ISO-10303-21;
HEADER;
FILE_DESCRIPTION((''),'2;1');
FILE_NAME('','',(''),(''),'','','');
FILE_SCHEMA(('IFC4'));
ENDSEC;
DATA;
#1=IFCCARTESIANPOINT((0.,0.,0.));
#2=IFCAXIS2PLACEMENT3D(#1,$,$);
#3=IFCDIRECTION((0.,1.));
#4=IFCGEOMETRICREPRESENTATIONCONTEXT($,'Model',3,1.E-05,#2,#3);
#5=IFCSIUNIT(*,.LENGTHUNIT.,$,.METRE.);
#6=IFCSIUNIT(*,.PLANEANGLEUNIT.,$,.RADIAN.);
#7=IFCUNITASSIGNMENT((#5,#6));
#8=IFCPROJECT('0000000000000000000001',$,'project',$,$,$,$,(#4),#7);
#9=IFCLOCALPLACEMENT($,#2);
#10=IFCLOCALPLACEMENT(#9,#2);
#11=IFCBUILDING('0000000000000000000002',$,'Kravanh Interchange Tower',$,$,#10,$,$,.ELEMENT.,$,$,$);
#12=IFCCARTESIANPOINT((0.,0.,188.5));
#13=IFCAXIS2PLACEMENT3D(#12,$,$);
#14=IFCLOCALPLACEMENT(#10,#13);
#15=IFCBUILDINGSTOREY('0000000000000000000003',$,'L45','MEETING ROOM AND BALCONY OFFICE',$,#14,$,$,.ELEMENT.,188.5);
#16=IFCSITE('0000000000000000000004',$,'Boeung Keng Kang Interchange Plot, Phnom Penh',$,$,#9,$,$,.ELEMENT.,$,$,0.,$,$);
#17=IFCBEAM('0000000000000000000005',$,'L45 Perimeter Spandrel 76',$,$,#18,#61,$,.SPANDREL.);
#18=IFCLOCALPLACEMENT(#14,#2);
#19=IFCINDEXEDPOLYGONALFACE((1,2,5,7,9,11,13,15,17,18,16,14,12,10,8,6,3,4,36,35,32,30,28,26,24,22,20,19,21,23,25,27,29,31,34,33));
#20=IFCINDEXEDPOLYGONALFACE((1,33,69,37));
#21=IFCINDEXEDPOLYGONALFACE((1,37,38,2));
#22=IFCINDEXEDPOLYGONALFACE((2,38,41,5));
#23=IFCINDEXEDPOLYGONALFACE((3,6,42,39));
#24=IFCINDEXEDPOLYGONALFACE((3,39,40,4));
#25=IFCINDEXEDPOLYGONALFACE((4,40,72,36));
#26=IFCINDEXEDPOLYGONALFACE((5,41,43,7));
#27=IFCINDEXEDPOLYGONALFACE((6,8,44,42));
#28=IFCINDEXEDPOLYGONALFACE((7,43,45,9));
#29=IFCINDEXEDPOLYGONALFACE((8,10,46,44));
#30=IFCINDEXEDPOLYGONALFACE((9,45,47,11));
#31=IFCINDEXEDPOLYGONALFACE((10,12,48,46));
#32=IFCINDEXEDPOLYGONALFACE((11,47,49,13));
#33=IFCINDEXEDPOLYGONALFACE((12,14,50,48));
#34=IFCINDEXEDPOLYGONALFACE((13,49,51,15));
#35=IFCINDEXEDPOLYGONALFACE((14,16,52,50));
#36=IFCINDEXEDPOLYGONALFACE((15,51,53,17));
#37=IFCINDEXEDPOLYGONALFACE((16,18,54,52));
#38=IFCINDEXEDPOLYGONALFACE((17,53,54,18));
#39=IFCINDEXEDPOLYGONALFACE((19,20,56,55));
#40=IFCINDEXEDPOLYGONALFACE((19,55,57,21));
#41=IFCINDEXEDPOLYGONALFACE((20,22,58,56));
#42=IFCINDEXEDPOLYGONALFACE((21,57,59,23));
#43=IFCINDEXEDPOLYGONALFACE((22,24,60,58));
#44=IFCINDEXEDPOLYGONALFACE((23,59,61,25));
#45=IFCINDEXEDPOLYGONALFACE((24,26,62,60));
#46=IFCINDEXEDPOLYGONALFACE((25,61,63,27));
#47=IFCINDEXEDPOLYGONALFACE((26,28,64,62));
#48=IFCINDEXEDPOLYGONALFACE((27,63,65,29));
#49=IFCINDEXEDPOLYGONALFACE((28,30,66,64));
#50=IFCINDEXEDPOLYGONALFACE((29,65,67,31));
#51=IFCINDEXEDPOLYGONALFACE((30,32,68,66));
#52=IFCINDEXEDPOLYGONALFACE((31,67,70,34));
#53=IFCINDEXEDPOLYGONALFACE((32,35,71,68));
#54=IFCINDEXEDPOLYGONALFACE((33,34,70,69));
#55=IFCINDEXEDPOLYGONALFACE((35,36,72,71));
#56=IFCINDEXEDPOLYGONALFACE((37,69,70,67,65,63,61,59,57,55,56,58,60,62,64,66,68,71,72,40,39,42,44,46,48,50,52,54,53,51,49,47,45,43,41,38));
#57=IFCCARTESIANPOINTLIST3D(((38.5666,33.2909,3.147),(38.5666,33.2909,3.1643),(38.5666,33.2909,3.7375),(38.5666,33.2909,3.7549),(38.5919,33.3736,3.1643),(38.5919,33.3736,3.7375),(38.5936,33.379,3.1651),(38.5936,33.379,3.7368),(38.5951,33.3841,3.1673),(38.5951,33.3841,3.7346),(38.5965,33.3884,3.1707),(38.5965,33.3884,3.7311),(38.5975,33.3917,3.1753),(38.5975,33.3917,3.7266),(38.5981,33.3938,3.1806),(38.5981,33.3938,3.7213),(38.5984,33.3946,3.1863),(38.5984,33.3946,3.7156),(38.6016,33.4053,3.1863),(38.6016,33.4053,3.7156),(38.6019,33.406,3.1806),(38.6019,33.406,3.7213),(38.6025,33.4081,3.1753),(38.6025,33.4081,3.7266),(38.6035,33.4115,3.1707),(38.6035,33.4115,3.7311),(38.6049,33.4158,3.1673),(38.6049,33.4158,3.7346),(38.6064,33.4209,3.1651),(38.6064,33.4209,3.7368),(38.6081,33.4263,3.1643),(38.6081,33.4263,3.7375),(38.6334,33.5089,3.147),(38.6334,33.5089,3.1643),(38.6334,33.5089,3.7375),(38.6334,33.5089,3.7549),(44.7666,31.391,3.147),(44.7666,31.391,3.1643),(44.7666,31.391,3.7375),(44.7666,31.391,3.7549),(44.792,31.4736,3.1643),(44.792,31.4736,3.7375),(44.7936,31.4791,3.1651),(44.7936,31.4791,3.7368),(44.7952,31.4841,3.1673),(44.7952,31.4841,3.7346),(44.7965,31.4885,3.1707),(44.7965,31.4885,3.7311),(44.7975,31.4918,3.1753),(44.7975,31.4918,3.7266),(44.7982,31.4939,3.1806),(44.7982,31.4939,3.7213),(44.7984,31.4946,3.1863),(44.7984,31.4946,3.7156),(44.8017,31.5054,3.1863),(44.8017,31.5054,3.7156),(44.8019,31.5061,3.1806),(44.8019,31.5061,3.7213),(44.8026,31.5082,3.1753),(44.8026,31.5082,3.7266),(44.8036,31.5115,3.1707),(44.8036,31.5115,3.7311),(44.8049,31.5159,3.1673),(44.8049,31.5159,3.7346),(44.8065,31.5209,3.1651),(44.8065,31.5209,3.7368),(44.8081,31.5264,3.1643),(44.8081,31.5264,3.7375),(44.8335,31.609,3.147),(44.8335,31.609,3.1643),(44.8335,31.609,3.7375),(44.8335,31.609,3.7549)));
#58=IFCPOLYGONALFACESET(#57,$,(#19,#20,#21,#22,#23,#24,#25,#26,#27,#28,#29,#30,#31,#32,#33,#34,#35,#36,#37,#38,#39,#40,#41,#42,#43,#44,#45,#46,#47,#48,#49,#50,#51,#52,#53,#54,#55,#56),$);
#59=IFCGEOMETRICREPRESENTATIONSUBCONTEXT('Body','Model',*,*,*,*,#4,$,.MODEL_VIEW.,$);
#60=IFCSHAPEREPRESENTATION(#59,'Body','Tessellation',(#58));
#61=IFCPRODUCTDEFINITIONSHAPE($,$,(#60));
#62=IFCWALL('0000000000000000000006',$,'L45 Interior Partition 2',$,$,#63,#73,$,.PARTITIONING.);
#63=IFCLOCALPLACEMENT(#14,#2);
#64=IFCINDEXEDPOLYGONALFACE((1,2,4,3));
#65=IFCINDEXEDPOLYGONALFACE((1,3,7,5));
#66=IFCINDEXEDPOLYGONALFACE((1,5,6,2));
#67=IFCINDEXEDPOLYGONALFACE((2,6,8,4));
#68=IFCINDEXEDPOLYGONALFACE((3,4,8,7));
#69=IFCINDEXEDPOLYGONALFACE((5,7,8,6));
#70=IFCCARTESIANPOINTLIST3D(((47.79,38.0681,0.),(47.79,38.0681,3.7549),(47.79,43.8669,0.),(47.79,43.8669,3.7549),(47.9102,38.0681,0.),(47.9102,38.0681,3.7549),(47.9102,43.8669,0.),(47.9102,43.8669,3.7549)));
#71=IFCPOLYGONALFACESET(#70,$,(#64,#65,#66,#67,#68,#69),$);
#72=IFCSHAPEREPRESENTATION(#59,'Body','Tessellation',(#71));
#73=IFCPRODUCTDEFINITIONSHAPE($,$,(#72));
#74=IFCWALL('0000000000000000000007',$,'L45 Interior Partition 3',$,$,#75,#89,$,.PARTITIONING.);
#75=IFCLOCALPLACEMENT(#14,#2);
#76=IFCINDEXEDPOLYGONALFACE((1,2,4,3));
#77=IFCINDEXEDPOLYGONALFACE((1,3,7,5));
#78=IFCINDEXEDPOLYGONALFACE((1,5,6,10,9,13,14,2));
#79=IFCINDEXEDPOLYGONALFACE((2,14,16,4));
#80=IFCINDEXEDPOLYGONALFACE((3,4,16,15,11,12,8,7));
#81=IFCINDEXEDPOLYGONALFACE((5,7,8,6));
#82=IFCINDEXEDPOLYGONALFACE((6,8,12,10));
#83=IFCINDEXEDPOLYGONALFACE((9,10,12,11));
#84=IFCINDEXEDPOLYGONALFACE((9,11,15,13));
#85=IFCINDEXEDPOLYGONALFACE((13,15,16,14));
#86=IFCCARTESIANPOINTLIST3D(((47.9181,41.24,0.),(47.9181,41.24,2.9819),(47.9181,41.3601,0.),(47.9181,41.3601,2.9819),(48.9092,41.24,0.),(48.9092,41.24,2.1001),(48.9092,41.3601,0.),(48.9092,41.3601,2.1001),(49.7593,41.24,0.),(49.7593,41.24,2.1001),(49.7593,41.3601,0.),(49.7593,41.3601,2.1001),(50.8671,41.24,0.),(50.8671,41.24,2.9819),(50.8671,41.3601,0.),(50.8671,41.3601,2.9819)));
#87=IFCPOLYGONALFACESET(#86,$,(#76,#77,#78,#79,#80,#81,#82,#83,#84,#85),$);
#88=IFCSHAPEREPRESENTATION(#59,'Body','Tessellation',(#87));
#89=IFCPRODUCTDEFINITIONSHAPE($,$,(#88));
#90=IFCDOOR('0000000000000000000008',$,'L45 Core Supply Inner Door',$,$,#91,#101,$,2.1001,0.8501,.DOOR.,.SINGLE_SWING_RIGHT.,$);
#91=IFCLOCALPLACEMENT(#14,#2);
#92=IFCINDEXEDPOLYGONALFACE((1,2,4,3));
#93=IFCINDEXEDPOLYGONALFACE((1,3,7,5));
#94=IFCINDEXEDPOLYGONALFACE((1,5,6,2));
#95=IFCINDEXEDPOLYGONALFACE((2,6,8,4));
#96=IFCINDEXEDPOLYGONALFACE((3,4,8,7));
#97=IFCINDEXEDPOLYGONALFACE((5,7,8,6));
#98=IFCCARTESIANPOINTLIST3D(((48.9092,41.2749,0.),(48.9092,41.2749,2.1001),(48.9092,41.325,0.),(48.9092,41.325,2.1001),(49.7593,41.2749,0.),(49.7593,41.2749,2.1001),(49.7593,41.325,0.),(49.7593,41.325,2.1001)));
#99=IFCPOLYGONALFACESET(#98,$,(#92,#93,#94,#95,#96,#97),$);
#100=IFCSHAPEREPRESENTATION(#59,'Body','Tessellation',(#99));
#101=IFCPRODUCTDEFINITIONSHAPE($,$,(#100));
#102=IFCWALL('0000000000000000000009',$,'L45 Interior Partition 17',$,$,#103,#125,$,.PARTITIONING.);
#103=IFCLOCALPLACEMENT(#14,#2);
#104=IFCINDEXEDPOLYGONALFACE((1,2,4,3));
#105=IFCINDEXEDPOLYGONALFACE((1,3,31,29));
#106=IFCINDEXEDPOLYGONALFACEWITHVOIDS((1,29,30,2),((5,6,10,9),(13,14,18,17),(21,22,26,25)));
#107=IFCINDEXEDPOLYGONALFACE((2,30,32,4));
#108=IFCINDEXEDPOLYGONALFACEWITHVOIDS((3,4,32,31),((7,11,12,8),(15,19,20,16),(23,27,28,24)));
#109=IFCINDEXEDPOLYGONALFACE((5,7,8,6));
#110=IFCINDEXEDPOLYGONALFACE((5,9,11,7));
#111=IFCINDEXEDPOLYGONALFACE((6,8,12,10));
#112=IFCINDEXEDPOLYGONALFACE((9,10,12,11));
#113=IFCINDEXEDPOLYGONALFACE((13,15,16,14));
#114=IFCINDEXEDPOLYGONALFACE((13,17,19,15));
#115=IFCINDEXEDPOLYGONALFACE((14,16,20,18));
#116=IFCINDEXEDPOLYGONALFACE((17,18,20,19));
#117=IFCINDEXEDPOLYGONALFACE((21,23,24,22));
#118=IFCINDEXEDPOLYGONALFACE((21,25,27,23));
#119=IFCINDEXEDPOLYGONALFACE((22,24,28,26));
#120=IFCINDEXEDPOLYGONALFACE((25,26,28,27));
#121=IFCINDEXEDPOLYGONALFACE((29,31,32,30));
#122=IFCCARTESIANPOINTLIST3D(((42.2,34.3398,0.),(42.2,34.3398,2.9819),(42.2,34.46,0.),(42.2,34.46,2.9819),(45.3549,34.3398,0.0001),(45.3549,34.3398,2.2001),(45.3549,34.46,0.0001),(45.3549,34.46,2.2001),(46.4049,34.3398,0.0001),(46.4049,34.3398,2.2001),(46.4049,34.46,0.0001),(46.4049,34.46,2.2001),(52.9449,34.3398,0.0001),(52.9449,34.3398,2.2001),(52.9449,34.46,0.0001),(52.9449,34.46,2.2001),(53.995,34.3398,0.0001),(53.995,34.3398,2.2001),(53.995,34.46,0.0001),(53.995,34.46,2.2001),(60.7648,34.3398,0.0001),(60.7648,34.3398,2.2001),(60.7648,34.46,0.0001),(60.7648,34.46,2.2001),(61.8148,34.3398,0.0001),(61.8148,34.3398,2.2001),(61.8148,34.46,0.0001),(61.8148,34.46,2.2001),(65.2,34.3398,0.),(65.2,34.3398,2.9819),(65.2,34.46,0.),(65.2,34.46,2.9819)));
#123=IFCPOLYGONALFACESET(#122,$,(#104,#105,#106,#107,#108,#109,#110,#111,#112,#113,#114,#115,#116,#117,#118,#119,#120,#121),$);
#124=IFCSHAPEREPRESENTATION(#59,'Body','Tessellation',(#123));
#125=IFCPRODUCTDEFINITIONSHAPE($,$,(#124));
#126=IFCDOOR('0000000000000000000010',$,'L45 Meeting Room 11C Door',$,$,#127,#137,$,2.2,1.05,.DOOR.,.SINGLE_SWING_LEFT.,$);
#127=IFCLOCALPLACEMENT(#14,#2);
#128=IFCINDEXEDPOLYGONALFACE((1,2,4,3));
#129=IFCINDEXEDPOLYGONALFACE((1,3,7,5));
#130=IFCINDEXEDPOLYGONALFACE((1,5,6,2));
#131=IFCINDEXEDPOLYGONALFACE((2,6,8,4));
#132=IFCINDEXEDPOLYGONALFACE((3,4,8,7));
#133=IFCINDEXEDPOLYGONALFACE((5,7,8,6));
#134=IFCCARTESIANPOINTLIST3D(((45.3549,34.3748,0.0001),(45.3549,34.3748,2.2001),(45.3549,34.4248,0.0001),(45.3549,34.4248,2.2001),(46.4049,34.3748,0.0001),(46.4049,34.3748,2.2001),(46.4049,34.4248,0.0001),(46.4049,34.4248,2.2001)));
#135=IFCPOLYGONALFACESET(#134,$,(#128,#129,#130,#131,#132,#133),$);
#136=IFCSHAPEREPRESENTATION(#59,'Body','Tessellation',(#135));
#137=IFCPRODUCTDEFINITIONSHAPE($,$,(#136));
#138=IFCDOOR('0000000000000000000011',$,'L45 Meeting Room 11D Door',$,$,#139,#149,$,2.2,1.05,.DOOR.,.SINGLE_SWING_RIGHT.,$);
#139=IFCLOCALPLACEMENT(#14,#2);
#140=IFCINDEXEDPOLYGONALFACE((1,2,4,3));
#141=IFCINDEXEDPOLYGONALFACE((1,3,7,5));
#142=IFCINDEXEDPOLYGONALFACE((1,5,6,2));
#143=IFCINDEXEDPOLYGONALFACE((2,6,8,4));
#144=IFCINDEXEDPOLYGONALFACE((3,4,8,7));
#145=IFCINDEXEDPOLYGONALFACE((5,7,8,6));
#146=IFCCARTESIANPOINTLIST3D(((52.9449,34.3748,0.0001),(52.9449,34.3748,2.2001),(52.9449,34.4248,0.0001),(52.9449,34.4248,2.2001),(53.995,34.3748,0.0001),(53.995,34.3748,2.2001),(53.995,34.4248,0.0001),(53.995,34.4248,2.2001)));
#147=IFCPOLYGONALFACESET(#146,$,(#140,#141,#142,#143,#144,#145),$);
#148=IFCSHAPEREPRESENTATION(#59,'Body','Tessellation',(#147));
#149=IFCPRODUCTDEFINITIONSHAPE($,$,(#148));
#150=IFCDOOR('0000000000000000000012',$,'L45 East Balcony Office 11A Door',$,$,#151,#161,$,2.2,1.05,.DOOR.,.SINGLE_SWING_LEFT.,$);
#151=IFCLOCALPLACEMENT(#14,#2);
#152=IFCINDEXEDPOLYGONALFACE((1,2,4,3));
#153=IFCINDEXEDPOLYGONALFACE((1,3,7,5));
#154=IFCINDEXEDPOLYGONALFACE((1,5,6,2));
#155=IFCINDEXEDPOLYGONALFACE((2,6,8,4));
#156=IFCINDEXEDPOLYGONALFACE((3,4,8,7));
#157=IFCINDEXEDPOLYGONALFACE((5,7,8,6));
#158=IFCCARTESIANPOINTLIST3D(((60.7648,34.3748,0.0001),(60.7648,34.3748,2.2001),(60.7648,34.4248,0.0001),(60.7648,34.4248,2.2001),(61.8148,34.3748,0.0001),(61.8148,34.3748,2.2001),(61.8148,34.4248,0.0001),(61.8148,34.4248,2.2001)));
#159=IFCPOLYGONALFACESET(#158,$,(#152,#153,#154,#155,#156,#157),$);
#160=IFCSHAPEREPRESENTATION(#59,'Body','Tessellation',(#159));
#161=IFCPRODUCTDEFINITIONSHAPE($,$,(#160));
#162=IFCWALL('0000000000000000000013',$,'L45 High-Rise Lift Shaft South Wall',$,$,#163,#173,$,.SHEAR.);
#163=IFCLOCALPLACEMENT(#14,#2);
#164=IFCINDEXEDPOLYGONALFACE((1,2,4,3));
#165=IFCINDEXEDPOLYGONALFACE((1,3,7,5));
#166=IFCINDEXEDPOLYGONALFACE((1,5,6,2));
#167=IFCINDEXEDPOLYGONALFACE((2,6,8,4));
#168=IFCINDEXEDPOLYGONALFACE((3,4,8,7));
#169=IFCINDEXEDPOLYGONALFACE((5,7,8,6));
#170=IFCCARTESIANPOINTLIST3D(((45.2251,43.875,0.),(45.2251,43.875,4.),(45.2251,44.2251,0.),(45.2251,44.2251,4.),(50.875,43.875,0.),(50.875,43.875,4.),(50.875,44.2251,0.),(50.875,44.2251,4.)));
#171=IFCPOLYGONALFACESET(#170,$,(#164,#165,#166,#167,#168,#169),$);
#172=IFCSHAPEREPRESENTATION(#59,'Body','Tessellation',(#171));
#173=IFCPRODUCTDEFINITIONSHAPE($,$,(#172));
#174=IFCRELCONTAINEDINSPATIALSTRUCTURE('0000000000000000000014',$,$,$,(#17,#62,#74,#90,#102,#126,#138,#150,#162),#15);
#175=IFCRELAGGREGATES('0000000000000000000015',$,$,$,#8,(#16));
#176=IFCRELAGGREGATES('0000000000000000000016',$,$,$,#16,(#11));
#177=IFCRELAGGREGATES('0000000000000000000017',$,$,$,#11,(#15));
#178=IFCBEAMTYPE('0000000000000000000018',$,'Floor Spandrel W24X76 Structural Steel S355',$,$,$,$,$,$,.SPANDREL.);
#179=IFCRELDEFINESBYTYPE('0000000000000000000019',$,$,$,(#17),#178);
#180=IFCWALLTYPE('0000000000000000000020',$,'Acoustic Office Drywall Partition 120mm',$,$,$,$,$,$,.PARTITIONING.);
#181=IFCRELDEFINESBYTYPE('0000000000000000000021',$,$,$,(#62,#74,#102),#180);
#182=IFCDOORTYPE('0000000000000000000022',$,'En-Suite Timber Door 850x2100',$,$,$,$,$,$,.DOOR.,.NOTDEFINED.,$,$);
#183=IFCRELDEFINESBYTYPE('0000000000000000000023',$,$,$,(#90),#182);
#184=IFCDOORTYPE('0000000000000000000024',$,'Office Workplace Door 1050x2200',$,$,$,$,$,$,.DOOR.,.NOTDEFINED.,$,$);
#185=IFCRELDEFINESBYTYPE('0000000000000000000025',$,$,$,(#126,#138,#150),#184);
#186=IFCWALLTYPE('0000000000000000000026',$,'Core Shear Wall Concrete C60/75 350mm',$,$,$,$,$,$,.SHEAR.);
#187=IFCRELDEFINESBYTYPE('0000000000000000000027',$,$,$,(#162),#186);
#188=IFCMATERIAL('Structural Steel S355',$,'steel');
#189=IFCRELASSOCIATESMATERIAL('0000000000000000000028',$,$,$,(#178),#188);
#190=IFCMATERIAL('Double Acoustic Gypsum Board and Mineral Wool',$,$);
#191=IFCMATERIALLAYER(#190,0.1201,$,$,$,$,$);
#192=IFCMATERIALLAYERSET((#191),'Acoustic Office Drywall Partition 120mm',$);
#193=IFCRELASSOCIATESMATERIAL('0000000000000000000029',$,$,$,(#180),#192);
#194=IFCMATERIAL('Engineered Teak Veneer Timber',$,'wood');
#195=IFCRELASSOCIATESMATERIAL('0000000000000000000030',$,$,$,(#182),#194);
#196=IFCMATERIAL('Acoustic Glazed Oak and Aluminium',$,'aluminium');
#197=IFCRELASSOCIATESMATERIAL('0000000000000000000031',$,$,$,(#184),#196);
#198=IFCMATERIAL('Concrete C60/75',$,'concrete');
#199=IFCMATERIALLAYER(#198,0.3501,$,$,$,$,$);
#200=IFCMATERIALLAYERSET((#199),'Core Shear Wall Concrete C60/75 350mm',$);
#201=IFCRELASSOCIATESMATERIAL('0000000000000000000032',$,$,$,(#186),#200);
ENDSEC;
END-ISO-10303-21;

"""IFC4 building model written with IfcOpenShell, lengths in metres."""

from ifc_helpers import new_model, si_unit, direction, frame, frame_2d, origin, origin_2d, place, context, subcontext, project, spatial, rectangle, i_section, extrude, material, layer, layer_set, material_profile, profile_set, type_object, element, fill, save


model = new_model("IFC4")

# Units and contexts
model_context = context("Model", 3, precision=1e-05, world=origin(), true_north=direction((0.0, 1.0)))
body_context = subcontext(model_context, "Body", "Model", "MODEL_VIEW")
ifc_project = project(units=[si_unit("LENGTHUNIT", "METRE"), si_unit("PLANEANGLEUNIT", "RADIAN")], contexts=[model_context])

# Site, building, storey
site_placement = place(None, origin())
site = spatial("IfcSite", under=ifc_project, at=site_placement, Name="Boeung Keng Kang Interchange Plot, Phnom Penh", CompositionType="ELEMENT", RefElevation=0.0)
building_placement = place(site_placement, origin())
building = spatial("IfcBuilding", under=site, at=building_placement, Name="Kravanh Interchange Tower", CompositionType="ELEMENT")
storey_placement = place(building_placement, frame((0.0, 0.0, 188.5)))
storey = spatial("IfcBuildingStorey", under=building, at=storey_placement, Name="L45", Description="MEETING ROOM AND BALCONY OFFICE", CompositionType="ELEMENT", Elevation=188.5)

# Beam
ifc_material_1 = material(Name="Structural Steel S355", Category="steel")
ifc_material_profile_1 = material_profile(ifc_material_1, i_section(OverallWidth=0.228, OverallDepth=0.6079, WebThickness=0.0112, FlangeThickness=0.0173, FilletRadius=0.022, at=origin_2d()), Name="W24X76")
ifc_profile_set_1 = profile_set([ifc_material_profile_1], Name="Structural Steel S355")
beam_type_1 = type_object("IfcBeamType", Name="Floor Spandrel W24X76 Structural Steel S355", PredefinedType="SPANDREL", material=ifc_profile_set_1)
beam_1_placement = place(storey_placement, frame((44.8, 31.5, 3.4509), z_axis=(-0.956115, 0.29299, 0.0), x_axis=(-0.29299, -0.956115, 0.0)))
element("IfcBeam", 1, at=beam_1_placement, inside=storey, type_object=beam_type_1, Name="L45 Perimeter Spandrel 76", PredefinedType="SPANDREL", context=body_context, shape_type="SweptSolid", body=[
    extrude(i_section(OverallWidth=0.228, OverallDepth=0.6079, WebThickness=0.0112, FlangeThickness=0.0173, FilletRadius=0.022, at=origin_2d()), origin(), (0.0, 0.0, 1.0), 6.4846),
])

# Wall
ifc_material_2 = material(Name="Double Acoustic Gypsum Board and Mineral Wool")
ifc_layer_1 = layer(ifc_material_2, 0.1201)
ifc_layer_set_1 = layer_set([ifc_layer_1], Name="Acoustic Office Drywall Partition 120mm")
wall_type_1 = type_object("IfcWallType", Name="Acoustic Office Drywall Partition 120mm", PredefinedType="PARTITIONING", material=ifc_layer_set_1)
wall_1_placement = place(storey_placement, frame((47.8501, 38.0681, 0.0), z_axis=(0.0, 0.0, 1.0), x_axis=(0.0, 1.0, 0.0)))
element("IfcWall", 2, at=wall_1_placement, inside=storey, type_object=wall_type_1, Name="L45 Interior Partition 2", PredefinedType="PARTITIONING", context=body_context, shape_type="SweptSolid", body=[
    extrude(rectangle(XDim=5.7988, YDim=0.1201, at=frame_2d((2.8994, 0.0))), origin(), (0.0, 0.0, 1.0), 3.7549),
])

# Wall, opening, door
wall_2_placement = place(storey_placement, frame((47.918, 41.3, 0.0), z_axis=(0.0, 0.0, 1.0), x_axis=(1.0, 0.0, 0.0)))
wall_2 = element("IfcWall", 3, at=wall_2_placement, inside=storey, type_object=wall_type_1, Name="L45 Interior Partition 3", PredefinedType="PARTITIONING", context=body_context, shape_type="SweptSolid", body=[
    extrude(rectangle(XDim=2.949, YDim=0.1201, at=frame_2d((1.4746, 0.0))), origin(), (0.0, 0.0, 1.0), 2.9819),
])
opening_1_placement = place(wall_2_placement, frame((0.9912, 0.0, 0.0)))
opening_1 = element("IfcOpeningElement", 4, at=opening_1_placement, cuts=wall_2, PredefinedType="OPENING", context=body_context, shape_type="SweptSolid", body=[
    extrude(rectangle(XDim=0.8501, YDim=2.1001, at=frame_2d((0.425, 1.05))), frame((0.0, 0.0701, 0.0), z_axis=(0.0, -1.0, 0.0), x_axis=(1.0, 0.0, 0.0)), (0.0, 0.0, 1.0), 0.1401),
])
ifc_material_3 = material(Name="Engineered Teak Veneer Timber", Category="wood")
door_type_1 = type_object("IfcDoorType", Name="En-Suite Timber Door 850x2100", OperationType="NOTDEFINED", PredefinedType="DOOR", material=ifc_material_3)
door_1_placement = place(opening_1_placement, origin())
door_1 = element("IfcDoor", 5, at=door_1_placement, inside=storey, type_object=door_type_1, Name="L45 Core Supply Inner Door", OperationType="SINGLE_SWING_RIGHT", OverallHeight=2.1001, OverallWidth=0.8501, PredefinedType="DOOR", context=body_context, shape_type="SweptSolid", body=[
    extrude(rectangle(XDim=0.8501, YDim=2.1001, at=frame_2d((0.425, 1.05))), frame((0.0, 0.0249, 0.0), z_axis=(0.0, -1.0, 0.0), x_axis=(1.0, 0.0, 0.0)), (0.0, 0.0, 1.0), 0.05),
])
fill(opening_1, door_1)

# Wall, openings, doors
wall_3_placement = place(storey_placement, frame((42.2, 34.3999, 0.0), z_axis=(0.0, 0.0, 1.0), x_axis=(1.0, 0.0, 0.0)))
wall_3 = element("IfcWall", 6, at=wall_3_placement, inside=storey, type_object=wall_type_1, Name="L45 Interior Partition 17", PredefinedType="PARTITIONING", context=body_context, shape_type="SweptSolid", body=[
    extrude(rectangle(XDim=23.0, YDim=0.1201, at=frame_2d((11.5, 0.0))), origin(), (0.0, 0.0, 1.0), 2.9819),
])
opening_2_placement = place(wall_3_placement, frame((3.155, 0.0, 0.0)))
opening_2 = element("IfcOpeningElement", 7, at=opening_2_placement, cuts=wall_3, PredefinedType="OPENING", context=body_context, shape_type="SweptSolid", body=[
    extrude(rectangle(XDim=1.05, YDim=2.2, at=frame_2d((0.5249, 1.1001))), frame((0.0, 0.0701, 0.0), z_axis=(0.0, -1.0, 0.0), x_axis=(1.0, 0.0, 0.0)), (0.0, 0.0, 1.0), 0.1401),
])
opening_3_placement = place(wall_3_placement, frame((10.7451, 0.0, 0.0)))
opening_3 = element("IfcOpeningElement", 8, at=opening_3_placement, cuts=wall_3, PredefinedType="OPENING", context=body_context, shape_type="SweptSolid", body=[
    extrude(rectangle(XDim=1.05, YDim=2.2, at=frame_2d((0.5249, 1.1001))), frame((0.0, 0.0701, 0.0), z_axis=(0.0, -1.0, 0.0), x_axis=(1.0, 0.0, 0.0)), (0.0, 0.0, 1.0), 0.1401),
])
opening_4_placement = place(wall_3_placement, frame((18.5649, 0.0, 0.0)))
opening_4 = element("IfcOpeningElement", 9, at=opening_4_placement, cuts=wall_3, PredefinedType="OPENING", context=body_context, shape_type="SweptSolid", body=[
    extrude(rectangle(XDim=1.05, YDim=2.2, at=frame_2d((0.5249, 1.1001))), frame((0.0, 0.0701, 0.0), z_axis=(0.0, -1.0, 0.0), x_axis=(1.0, 0.0, 0.0)), (0.0, 0.0, 1.0), 0.1401),
])
ifc_material_4 = material(Name="Acoustic Glazed Oak and Aluminium", Category="aluminium")
door_type_2 = type_object("IfcDoorType", Name="Office Workplace Door 1050x2200", OperationType="NOTDEFINED", PredefinedType="DOOR", material=ifc_material_4)
door_2_placement = place(opening_2_placement, origin())
door_2 = element("IfcDoor", 10, at=door_2_placement, inside=storey, type_object=door_type_2, Name="L45 Meeting Room 11C Door", OperationType="SINGLE_SWING_LEFT", OverallHeight=2.2, OverallWidth=1.05, PredefinedType="DOOR", context=body_context, shape_type="SweptSolid", body=[
    extrude(rectangle(XDim=1.05, YDim=2.2, at=frame_2d((0.5249, 1.1001))), frame((0.0, 0.0249, 0.0), z_axis=(0.0, -1.0, 0.0), x_axis=(1.0, 0.0, 0.0)), (0.0, 0.0, 1.0), 0.05),
])
fill(opening_2, door_2)
door_3_placement = place(opening_3_placement, origin())
door_3 = element("IfcDoor", 11, at=door_3_placement, inside=storey, type_object=door_type_2, Name="L45 Meeting Room 11D Door", OperationType="SINGLE_SWING_RIGHT", OverallHeight=2.2, OverallWidth=1.05, PredefinedType="DOOR", context=body_context, shape_type="SweptSolid", body=[
    extrude(rectangle(XDim=1.05, YDim=2.2, at=frame_2d((0.5249, 1.1001))), frame((0.0, 0.0249, 0.0), z_axis=(0.0, -1.0, 0.0), x_axis=(1.0, 0.0, 0.0)), (0.0, 0.0, 1.0), 0.05),
])
fill(opening_3, door_3)
door_4_placement = place(opening_4_placement, origin())
door_4 = element("IfcDoor", 12, at=door_4_placement, inside=storey, type_object=door_type_2, Name="L45 East Balcony Office 11A Door", OperationType="SINGLE_SWING_LEFT", OverallHeight=2.2, OverallWidth=1.05, PredefinedType="DOOR", context=body_context, shape_type="SweptSolid", body=[
    extrude(rectangle(XDim=1.05, YDim=2.2, at=frame_2d((0.5249, 1.1001))), frame((0.0, 0.0249, 0.0), z_axis=(0.0, -1.0, 0.0), x_axis=(1.0, 0.0, 0.0)), (0.0, 0.0, 1.0), 0.05),
])
fill(opening_4, door_4)

# Wall
ifc_material_5 = material(Name="Concrete C60/75", Category="concrete")
ifc_layer_2 = layer(ifc_material_5, 0.3501)
ifc_layer_set_2 = layer_set([ifc_layer_2], Name="Core Shear Wall Concrete C60/75 350mm")
wall_type_2 = type_object("IfcWallType", Name="Core Shear Wall Concrete C60/75 350mm", PredefinedType="SHEAR", material=ifc_layer_set_2)
wall_4_placement = place(storey_placement, frame((45.2251, 44.05, 0.0), z_axis=(0.0, 0.0, 1.0), x_axis=(1.0, 0.0, 0.0)))
element("IfcWall", 13, at=wall_4_placement, inside=storey, type_object=wall_type_2, Name="L45 High-Rise Lift Shaft South Wall", PredefinedType="SHEAR", context=body_context, shape_type="SweptSolid", body=[
    extrude(rectangle(XDim=5.6499, YDim=0.3501, at=frame_2d((2.825, 0.0))), origin(), (0.0, 0.0, 1.0), 4.0),
])

save(model, "model.ifc")
